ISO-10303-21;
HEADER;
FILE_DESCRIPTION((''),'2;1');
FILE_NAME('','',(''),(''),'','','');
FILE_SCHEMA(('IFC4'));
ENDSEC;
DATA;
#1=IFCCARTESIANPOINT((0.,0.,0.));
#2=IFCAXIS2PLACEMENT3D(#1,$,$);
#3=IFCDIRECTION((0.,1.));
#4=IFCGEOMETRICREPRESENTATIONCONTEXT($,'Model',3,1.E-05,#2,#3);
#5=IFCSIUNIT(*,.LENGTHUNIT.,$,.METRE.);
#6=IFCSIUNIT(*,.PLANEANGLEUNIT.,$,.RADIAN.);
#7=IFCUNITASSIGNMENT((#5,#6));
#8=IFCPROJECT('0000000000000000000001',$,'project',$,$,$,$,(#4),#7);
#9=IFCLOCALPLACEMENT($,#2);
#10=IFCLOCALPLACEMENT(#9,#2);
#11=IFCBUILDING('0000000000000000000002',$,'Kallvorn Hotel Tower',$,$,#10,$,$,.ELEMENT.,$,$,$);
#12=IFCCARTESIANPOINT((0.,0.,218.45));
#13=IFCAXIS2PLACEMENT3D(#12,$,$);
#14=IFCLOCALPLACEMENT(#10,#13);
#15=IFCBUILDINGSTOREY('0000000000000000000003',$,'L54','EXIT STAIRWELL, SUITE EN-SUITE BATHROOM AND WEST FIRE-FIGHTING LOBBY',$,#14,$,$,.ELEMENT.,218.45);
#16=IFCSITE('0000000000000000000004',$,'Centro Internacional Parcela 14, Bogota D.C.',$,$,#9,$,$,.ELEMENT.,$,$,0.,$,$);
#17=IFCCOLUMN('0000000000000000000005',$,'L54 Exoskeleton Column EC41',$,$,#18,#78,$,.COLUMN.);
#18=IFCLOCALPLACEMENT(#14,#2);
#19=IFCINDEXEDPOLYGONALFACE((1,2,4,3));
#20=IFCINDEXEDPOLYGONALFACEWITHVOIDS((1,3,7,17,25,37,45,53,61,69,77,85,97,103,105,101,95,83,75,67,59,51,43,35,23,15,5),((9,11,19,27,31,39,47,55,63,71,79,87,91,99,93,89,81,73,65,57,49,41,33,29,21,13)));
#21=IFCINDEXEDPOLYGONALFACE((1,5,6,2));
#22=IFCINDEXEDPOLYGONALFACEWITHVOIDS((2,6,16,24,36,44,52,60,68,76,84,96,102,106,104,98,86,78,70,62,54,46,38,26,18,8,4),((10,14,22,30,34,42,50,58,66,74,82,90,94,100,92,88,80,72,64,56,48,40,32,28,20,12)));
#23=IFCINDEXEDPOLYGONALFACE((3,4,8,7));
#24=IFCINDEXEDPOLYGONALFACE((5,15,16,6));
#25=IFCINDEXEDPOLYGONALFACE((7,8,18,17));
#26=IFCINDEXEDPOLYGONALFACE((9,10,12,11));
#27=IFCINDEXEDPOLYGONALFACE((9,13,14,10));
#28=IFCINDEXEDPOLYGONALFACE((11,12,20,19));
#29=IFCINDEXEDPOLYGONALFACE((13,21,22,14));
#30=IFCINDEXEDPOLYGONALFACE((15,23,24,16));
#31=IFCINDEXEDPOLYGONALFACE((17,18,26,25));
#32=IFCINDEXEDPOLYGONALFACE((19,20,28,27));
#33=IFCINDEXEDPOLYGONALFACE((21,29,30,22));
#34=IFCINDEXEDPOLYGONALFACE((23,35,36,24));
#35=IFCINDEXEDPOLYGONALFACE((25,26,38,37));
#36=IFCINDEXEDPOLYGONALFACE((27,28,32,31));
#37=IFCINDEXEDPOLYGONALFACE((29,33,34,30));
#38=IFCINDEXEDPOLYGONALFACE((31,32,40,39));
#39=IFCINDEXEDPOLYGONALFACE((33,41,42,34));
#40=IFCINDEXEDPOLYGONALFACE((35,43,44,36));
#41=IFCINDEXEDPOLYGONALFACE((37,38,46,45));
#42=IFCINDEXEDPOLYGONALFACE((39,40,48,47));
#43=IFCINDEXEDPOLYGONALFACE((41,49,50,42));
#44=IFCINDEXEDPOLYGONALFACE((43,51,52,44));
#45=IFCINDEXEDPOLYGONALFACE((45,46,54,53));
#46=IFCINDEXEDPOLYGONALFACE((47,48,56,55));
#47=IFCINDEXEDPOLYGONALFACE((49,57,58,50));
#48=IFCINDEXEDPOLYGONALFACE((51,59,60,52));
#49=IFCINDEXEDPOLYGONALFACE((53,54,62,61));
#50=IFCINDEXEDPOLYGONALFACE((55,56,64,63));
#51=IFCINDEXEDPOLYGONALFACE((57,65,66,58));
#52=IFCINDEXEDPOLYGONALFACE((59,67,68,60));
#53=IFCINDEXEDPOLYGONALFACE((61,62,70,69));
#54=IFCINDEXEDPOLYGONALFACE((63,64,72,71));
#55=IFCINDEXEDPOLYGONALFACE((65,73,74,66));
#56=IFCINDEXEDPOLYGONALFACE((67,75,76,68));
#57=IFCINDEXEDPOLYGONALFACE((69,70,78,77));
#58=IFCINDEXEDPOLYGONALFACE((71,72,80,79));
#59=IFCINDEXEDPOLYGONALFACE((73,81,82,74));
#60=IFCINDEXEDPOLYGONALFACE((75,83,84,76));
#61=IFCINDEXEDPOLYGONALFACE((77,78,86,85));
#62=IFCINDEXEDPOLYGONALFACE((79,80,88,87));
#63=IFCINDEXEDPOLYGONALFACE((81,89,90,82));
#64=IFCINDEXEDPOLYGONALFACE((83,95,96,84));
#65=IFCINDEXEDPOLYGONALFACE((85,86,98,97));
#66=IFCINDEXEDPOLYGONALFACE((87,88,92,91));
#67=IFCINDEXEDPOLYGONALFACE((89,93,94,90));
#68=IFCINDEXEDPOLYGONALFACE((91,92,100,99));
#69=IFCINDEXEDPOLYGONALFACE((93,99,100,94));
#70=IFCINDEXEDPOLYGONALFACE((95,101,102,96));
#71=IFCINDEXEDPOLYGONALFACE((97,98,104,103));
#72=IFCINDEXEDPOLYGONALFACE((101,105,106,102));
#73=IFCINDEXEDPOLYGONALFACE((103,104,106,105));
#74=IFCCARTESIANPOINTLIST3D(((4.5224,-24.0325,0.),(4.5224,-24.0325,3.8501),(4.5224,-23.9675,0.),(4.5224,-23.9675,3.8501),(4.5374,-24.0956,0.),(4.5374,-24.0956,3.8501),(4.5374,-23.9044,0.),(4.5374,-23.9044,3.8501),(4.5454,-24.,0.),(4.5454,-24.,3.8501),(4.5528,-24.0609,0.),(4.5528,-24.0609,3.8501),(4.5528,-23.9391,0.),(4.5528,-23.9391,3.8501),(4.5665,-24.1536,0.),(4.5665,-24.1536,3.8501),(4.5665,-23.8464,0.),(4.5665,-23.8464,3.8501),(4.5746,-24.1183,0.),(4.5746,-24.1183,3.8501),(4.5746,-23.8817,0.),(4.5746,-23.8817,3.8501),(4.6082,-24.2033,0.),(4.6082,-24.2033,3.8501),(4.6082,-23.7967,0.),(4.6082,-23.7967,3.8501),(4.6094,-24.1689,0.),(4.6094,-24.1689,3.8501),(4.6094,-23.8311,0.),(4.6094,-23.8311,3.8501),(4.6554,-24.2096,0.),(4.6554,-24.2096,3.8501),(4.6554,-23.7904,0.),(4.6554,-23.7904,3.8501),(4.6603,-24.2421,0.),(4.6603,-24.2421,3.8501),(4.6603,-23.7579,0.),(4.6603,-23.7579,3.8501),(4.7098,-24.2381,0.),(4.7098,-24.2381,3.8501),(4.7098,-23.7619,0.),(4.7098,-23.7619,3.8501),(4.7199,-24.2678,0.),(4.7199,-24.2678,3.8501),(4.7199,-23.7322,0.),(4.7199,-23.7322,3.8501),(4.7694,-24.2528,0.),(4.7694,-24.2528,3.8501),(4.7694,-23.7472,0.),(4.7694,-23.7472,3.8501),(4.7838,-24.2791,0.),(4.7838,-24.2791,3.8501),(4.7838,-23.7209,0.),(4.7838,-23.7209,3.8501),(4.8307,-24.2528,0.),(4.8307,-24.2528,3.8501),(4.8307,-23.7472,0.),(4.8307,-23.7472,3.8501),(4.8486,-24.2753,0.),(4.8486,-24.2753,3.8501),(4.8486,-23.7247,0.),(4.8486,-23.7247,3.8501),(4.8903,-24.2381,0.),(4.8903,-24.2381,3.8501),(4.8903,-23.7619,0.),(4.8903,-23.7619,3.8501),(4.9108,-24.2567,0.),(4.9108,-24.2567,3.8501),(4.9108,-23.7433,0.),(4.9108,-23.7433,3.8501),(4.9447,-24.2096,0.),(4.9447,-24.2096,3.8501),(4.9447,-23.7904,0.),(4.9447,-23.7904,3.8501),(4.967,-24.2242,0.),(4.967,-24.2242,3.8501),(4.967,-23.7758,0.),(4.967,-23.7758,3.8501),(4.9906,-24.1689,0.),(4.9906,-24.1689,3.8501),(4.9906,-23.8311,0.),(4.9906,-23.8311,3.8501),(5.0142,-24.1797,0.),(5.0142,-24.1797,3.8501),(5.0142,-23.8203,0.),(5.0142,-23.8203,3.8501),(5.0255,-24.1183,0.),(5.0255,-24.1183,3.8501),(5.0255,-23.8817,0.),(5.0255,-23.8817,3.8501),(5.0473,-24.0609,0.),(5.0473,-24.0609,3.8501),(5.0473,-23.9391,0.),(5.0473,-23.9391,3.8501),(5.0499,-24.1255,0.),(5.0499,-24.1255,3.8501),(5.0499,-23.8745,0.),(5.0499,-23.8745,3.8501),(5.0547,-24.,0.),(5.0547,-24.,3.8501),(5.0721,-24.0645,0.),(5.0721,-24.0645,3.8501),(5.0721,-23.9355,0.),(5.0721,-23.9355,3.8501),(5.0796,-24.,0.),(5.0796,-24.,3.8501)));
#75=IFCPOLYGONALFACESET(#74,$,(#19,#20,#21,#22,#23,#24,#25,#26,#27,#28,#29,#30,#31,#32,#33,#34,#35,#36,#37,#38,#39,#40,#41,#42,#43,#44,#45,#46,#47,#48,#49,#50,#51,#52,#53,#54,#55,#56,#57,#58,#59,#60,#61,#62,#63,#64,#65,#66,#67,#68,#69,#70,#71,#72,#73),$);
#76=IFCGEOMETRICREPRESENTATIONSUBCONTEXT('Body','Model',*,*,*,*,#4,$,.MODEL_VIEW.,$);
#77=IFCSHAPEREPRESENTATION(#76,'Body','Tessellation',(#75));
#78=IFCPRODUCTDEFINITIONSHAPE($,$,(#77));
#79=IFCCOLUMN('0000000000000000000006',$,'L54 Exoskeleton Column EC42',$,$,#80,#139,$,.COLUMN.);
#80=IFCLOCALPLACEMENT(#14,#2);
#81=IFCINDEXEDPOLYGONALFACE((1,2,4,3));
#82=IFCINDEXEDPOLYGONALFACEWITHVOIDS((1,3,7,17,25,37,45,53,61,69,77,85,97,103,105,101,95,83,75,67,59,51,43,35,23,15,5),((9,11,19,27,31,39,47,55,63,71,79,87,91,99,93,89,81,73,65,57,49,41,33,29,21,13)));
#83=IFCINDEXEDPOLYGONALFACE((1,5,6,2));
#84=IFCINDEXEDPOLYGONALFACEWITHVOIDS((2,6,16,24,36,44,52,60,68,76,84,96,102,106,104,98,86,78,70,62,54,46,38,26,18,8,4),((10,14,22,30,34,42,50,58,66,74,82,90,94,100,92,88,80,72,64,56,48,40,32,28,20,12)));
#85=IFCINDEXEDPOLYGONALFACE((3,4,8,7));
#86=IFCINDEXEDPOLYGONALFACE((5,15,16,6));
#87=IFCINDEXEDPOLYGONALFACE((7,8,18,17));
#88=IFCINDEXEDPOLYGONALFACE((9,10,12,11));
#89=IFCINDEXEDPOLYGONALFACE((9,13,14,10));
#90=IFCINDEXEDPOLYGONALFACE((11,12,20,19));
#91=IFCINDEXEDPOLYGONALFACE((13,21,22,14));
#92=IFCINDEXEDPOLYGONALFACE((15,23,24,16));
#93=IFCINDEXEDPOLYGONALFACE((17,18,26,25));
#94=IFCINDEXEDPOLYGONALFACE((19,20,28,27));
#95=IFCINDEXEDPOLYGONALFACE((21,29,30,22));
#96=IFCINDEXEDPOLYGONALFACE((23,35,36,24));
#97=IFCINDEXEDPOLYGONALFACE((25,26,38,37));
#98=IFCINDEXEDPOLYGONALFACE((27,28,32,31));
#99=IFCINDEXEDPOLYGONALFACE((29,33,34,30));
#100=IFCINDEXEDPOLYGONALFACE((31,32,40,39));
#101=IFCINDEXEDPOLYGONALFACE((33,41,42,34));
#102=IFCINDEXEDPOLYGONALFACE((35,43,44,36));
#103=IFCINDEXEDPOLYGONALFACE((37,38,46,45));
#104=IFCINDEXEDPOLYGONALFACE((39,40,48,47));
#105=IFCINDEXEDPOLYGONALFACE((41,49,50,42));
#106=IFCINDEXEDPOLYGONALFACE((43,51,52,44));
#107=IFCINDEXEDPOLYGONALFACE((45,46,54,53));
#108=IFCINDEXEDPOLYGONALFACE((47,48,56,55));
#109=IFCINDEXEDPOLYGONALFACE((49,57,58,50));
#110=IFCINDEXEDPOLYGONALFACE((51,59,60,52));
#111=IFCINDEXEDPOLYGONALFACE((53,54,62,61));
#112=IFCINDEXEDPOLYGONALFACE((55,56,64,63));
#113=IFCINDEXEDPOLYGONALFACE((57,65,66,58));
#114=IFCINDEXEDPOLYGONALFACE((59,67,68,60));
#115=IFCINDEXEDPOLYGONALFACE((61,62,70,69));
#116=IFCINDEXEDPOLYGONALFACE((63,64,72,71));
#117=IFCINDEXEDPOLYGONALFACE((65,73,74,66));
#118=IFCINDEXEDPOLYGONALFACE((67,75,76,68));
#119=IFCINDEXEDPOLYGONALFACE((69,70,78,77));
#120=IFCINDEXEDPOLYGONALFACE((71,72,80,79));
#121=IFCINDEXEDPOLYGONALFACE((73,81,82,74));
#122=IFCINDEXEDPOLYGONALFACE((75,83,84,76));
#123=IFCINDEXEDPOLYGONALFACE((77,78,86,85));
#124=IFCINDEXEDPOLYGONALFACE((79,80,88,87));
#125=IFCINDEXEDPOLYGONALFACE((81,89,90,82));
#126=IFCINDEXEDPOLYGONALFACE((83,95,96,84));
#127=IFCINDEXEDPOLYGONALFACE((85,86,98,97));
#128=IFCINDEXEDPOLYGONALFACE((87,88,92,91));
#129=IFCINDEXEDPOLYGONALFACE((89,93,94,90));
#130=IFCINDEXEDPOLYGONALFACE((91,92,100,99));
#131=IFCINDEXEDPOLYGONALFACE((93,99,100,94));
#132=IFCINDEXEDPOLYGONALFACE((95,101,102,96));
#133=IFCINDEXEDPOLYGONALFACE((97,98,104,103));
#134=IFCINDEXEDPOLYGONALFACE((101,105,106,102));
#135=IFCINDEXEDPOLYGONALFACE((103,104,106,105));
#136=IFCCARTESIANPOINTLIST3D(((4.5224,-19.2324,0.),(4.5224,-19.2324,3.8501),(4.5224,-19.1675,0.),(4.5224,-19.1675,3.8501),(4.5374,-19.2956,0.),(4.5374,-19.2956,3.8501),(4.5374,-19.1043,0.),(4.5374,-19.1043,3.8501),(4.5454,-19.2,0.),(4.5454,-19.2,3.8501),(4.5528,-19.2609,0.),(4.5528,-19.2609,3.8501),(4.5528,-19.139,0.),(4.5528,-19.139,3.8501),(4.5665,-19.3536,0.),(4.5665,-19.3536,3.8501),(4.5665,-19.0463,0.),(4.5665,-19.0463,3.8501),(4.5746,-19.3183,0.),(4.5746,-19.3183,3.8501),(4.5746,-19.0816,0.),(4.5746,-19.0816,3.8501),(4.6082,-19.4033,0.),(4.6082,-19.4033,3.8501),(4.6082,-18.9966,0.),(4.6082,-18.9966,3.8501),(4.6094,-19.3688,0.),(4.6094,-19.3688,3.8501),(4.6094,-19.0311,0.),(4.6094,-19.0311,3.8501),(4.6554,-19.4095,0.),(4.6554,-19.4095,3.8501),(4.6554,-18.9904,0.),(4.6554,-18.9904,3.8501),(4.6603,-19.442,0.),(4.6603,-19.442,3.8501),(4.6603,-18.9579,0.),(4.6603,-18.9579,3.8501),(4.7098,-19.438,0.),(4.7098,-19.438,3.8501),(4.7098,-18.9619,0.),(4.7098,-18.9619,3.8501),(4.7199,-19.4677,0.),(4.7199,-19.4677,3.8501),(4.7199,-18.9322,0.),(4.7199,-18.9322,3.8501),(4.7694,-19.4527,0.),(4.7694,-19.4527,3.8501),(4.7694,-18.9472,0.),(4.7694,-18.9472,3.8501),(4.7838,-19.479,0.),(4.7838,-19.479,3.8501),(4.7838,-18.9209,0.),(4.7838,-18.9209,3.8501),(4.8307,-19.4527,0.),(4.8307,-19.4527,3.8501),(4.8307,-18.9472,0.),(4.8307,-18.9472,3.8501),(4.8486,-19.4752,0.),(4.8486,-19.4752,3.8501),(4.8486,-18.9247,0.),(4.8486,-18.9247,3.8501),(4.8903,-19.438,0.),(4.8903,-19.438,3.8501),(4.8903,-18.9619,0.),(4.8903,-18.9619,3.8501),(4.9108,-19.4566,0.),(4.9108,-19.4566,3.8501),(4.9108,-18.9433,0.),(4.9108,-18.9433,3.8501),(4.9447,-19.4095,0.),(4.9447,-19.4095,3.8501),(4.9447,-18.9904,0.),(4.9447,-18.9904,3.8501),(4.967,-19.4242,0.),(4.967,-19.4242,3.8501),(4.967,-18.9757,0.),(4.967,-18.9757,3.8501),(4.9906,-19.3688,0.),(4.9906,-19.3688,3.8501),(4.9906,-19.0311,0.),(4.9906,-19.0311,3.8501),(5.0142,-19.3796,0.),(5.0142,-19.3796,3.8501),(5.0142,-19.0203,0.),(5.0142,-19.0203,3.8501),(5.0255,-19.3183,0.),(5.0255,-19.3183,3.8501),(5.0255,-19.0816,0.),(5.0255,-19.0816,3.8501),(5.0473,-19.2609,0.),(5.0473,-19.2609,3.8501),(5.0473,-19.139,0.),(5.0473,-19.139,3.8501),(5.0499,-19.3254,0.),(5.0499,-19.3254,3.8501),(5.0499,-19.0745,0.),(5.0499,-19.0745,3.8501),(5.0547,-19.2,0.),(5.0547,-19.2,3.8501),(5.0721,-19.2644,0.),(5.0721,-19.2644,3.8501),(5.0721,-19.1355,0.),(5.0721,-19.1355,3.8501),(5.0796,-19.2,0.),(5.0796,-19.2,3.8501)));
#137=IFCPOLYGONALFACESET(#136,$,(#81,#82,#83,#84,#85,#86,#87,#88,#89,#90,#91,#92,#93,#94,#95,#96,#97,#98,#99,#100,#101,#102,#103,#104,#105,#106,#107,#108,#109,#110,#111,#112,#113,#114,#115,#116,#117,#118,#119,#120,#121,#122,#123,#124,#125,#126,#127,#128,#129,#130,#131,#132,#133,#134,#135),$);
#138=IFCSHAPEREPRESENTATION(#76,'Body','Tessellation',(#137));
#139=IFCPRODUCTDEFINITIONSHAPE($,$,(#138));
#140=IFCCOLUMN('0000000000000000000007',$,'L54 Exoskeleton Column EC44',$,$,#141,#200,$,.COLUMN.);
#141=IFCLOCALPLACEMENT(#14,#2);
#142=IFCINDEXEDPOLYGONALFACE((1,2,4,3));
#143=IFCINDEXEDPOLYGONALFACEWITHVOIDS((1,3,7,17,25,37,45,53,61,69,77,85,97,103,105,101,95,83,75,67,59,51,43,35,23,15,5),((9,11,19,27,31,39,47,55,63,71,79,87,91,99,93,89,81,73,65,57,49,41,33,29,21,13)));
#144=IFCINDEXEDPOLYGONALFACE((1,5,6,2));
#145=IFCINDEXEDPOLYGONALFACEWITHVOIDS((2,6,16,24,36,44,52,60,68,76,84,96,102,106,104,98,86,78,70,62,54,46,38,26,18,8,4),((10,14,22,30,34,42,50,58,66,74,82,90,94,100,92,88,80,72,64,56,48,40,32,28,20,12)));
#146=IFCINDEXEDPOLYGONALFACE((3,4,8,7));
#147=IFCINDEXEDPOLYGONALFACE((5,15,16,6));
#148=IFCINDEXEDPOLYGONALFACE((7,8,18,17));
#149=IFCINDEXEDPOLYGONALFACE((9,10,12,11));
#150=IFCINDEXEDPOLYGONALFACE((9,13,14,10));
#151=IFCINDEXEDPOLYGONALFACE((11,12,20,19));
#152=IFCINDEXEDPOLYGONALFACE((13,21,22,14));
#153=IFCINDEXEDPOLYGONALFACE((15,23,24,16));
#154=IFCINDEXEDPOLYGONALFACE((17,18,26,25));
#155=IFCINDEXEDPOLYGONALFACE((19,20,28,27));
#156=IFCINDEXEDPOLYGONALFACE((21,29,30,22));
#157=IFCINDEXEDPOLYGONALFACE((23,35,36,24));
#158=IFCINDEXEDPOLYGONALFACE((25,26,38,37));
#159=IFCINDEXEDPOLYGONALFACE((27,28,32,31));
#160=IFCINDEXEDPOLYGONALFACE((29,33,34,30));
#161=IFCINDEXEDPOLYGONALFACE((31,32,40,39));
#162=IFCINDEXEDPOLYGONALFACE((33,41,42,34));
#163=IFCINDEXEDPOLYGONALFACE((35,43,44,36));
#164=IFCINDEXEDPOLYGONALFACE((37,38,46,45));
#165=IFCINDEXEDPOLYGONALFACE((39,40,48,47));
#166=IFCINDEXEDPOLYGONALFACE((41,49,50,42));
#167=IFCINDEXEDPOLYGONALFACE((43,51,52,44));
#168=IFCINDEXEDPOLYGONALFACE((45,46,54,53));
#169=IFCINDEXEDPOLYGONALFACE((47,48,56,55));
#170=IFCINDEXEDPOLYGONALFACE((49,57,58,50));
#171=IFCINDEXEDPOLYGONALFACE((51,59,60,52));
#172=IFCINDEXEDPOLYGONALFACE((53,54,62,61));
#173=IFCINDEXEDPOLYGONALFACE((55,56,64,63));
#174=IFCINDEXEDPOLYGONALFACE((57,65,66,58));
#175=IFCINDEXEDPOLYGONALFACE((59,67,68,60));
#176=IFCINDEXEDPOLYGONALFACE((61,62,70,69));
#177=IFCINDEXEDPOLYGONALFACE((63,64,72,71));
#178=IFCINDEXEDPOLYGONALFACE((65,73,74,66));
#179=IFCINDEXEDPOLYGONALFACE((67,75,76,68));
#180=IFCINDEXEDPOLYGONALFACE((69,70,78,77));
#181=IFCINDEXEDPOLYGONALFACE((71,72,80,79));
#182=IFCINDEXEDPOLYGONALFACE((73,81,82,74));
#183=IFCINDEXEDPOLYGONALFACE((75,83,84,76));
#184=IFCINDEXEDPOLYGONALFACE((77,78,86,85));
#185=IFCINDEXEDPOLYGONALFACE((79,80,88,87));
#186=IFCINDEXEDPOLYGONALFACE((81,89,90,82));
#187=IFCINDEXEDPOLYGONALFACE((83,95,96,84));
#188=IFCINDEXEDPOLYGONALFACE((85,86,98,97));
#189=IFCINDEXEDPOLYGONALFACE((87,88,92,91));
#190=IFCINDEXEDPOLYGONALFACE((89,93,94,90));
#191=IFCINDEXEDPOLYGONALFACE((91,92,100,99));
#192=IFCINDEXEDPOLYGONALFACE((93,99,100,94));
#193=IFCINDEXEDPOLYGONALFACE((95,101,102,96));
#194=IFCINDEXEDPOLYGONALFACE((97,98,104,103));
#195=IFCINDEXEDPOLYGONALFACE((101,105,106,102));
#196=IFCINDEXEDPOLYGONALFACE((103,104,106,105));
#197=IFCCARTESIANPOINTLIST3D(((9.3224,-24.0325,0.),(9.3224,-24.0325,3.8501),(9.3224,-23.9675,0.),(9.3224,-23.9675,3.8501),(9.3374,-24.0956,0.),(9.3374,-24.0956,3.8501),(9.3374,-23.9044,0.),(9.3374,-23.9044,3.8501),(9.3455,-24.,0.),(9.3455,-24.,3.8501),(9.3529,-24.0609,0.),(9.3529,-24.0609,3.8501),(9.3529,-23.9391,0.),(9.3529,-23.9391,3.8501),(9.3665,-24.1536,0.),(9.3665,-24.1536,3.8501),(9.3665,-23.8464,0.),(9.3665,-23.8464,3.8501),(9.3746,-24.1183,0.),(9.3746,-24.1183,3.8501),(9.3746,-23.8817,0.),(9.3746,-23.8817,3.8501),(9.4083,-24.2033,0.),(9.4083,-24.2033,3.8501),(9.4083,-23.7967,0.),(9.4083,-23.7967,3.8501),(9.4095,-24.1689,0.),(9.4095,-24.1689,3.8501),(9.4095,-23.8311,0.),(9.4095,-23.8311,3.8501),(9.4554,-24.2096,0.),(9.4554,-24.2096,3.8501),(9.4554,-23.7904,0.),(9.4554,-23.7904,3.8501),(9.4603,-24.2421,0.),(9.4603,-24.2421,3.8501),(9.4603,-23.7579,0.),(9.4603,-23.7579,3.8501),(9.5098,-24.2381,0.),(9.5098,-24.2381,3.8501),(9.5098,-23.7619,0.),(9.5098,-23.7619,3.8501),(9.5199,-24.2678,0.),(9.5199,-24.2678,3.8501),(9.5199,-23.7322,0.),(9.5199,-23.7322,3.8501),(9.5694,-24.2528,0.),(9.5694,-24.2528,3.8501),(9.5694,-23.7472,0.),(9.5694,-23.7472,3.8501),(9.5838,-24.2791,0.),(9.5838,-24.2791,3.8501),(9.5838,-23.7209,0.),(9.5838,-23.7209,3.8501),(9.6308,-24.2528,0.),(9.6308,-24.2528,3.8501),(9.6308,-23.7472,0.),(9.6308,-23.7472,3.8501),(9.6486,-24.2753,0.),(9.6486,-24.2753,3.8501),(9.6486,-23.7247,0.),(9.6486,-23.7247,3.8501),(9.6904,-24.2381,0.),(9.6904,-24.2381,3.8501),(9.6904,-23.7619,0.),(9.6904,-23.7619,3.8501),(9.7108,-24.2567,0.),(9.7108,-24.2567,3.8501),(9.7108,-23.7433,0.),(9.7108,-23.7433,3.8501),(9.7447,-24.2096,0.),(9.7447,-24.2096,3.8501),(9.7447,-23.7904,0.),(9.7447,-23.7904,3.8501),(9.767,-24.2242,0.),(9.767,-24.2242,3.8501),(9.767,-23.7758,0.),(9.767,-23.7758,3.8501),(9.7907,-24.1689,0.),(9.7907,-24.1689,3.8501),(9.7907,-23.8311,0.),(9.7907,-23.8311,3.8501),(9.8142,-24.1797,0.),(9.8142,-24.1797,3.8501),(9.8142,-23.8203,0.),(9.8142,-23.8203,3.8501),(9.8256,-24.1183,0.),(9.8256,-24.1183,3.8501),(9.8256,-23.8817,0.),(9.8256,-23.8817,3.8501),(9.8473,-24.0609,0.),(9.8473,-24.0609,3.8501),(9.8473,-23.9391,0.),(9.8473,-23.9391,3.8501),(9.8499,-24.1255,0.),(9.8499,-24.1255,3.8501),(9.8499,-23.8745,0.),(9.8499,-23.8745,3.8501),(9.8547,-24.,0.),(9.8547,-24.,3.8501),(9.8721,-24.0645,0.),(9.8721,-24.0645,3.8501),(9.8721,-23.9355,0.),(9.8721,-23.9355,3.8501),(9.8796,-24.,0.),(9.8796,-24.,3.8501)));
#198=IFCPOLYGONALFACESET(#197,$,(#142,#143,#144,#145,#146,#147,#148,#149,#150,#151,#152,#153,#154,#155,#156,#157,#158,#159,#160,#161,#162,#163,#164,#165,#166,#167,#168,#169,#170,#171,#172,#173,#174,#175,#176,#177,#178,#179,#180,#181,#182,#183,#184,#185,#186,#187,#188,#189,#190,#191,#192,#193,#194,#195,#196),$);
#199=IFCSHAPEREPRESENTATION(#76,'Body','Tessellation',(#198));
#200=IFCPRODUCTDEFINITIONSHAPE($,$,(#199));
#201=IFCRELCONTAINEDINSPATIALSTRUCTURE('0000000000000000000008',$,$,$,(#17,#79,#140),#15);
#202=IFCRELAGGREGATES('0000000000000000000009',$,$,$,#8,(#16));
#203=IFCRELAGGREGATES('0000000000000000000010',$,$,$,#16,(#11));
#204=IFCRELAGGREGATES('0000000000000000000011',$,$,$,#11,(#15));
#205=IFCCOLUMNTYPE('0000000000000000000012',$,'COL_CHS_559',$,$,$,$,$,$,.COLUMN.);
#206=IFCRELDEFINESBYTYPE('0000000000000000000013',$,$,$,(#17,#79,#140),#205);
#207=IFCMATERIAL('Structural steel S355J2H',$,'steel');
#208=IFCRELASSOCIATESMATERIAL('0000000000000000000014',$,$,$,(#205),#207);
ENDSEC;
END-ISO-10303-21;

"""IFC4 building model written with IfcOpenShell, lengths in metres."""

from ifc_helpers import new_model, si_unit, direction, frame, origin, origin_2d, place, context, subcontext, project, spatial, hollow_circle, extrude, material, material_profile, profile_set, type_object, element, save


model = new_model("IFC4")

# Units and contexts
model_context = context("Model", 3, precision=1e-05, world=origin(), true_north=direction((0.0, 1.0)))
body_context = subcontext(model_context, "Body", "Model", "MODEL_VIEW")
ifc_project = project(units=[si_unit("LENGTHUNIT", "METRE"), si_unit("PLANEANGLEUNIT", "RADIAN")], contexts=[model_context])

# Site, building, storey
site_placement = place(None, origin())
site = spatial("IfcSite", under=ifc_project, at=site_placement, Name="Centro Internacional Parcela 14, Bogota D.C.", CompositionType="ELEMENT", RefElevation=0.0)
building_placement = place(site_placement, origin())
building = spatial("IfcBuilding", under=site, at=building_placement, Name="Kallvorn Hotel Tower", CompositionType="ELEMENT")
storey_placement = place(building_placement, frame((0.0, 0.0, 218.45)))
storey = spatial("IfcBuildingStorey", under=building, at=storey_placement, Name="L54", Description="EXIT STAIRWELL, SUITE EN-SUITE BATHROOM AND WEST FIRE-FIGHTING LOBBY", CompositionType="ELEMENT", Elevation=218.45)

# Columns
ifc_material_1 = material(Name="Structural steel S355J2H", Category="steel")
ifc_material_profile_1 = material_profile(ifc_material_1, hollow_circle(Radius=0.2795, WallThickness=0.0249, at=origin_2d()), Name="CHS 559x25")
ifc_profile_set_1 = profile_set([ifc_material_profile_1], Name="Structural steel S355J2H")
column_type_1 = type_object("IfcColumnType", Name="COL_CHS_559", PredefinedType="COLUMN", material=ifc_profile_set_1)
for number, where, z_axis, x_axis, name in (
    (1, (4.8, -24.0, 0.0), (0.0, 0.0, 1.0), (1.0, 0.0, 0.0), "L54 Exoskeleton Column EC41"),
    (2, (4.8, -19.2, 0.0), (0.0, 0.0, 1.0), (1.0, 0.0, 0.0), "L54 Exoskeleton Column EC42"),
    (3, (9.6001, -24.0, 0.0), (0.0, 0.0, 1.0), (1.0, 0.0, 0.0), "L54 Exoskeleton Column EC44"),
):
    element("IfcColumn", number, at=place(storey_placement, frame(where, z_axis=z_axis, x_axis=x_axis)), inside=storey, type_object=column_type_1, Name=name, PredefinedType="COLUMN", context=body_context, shape_type="SweptSolid", body=[
        extrude(hollow_circle(Radius=0.2795, WallThickness=0.0249, at=origin_2d()), origin(), (0.0, 0.0, 1.0), 3.8501),
    ])

save(model, "model.ifc")
